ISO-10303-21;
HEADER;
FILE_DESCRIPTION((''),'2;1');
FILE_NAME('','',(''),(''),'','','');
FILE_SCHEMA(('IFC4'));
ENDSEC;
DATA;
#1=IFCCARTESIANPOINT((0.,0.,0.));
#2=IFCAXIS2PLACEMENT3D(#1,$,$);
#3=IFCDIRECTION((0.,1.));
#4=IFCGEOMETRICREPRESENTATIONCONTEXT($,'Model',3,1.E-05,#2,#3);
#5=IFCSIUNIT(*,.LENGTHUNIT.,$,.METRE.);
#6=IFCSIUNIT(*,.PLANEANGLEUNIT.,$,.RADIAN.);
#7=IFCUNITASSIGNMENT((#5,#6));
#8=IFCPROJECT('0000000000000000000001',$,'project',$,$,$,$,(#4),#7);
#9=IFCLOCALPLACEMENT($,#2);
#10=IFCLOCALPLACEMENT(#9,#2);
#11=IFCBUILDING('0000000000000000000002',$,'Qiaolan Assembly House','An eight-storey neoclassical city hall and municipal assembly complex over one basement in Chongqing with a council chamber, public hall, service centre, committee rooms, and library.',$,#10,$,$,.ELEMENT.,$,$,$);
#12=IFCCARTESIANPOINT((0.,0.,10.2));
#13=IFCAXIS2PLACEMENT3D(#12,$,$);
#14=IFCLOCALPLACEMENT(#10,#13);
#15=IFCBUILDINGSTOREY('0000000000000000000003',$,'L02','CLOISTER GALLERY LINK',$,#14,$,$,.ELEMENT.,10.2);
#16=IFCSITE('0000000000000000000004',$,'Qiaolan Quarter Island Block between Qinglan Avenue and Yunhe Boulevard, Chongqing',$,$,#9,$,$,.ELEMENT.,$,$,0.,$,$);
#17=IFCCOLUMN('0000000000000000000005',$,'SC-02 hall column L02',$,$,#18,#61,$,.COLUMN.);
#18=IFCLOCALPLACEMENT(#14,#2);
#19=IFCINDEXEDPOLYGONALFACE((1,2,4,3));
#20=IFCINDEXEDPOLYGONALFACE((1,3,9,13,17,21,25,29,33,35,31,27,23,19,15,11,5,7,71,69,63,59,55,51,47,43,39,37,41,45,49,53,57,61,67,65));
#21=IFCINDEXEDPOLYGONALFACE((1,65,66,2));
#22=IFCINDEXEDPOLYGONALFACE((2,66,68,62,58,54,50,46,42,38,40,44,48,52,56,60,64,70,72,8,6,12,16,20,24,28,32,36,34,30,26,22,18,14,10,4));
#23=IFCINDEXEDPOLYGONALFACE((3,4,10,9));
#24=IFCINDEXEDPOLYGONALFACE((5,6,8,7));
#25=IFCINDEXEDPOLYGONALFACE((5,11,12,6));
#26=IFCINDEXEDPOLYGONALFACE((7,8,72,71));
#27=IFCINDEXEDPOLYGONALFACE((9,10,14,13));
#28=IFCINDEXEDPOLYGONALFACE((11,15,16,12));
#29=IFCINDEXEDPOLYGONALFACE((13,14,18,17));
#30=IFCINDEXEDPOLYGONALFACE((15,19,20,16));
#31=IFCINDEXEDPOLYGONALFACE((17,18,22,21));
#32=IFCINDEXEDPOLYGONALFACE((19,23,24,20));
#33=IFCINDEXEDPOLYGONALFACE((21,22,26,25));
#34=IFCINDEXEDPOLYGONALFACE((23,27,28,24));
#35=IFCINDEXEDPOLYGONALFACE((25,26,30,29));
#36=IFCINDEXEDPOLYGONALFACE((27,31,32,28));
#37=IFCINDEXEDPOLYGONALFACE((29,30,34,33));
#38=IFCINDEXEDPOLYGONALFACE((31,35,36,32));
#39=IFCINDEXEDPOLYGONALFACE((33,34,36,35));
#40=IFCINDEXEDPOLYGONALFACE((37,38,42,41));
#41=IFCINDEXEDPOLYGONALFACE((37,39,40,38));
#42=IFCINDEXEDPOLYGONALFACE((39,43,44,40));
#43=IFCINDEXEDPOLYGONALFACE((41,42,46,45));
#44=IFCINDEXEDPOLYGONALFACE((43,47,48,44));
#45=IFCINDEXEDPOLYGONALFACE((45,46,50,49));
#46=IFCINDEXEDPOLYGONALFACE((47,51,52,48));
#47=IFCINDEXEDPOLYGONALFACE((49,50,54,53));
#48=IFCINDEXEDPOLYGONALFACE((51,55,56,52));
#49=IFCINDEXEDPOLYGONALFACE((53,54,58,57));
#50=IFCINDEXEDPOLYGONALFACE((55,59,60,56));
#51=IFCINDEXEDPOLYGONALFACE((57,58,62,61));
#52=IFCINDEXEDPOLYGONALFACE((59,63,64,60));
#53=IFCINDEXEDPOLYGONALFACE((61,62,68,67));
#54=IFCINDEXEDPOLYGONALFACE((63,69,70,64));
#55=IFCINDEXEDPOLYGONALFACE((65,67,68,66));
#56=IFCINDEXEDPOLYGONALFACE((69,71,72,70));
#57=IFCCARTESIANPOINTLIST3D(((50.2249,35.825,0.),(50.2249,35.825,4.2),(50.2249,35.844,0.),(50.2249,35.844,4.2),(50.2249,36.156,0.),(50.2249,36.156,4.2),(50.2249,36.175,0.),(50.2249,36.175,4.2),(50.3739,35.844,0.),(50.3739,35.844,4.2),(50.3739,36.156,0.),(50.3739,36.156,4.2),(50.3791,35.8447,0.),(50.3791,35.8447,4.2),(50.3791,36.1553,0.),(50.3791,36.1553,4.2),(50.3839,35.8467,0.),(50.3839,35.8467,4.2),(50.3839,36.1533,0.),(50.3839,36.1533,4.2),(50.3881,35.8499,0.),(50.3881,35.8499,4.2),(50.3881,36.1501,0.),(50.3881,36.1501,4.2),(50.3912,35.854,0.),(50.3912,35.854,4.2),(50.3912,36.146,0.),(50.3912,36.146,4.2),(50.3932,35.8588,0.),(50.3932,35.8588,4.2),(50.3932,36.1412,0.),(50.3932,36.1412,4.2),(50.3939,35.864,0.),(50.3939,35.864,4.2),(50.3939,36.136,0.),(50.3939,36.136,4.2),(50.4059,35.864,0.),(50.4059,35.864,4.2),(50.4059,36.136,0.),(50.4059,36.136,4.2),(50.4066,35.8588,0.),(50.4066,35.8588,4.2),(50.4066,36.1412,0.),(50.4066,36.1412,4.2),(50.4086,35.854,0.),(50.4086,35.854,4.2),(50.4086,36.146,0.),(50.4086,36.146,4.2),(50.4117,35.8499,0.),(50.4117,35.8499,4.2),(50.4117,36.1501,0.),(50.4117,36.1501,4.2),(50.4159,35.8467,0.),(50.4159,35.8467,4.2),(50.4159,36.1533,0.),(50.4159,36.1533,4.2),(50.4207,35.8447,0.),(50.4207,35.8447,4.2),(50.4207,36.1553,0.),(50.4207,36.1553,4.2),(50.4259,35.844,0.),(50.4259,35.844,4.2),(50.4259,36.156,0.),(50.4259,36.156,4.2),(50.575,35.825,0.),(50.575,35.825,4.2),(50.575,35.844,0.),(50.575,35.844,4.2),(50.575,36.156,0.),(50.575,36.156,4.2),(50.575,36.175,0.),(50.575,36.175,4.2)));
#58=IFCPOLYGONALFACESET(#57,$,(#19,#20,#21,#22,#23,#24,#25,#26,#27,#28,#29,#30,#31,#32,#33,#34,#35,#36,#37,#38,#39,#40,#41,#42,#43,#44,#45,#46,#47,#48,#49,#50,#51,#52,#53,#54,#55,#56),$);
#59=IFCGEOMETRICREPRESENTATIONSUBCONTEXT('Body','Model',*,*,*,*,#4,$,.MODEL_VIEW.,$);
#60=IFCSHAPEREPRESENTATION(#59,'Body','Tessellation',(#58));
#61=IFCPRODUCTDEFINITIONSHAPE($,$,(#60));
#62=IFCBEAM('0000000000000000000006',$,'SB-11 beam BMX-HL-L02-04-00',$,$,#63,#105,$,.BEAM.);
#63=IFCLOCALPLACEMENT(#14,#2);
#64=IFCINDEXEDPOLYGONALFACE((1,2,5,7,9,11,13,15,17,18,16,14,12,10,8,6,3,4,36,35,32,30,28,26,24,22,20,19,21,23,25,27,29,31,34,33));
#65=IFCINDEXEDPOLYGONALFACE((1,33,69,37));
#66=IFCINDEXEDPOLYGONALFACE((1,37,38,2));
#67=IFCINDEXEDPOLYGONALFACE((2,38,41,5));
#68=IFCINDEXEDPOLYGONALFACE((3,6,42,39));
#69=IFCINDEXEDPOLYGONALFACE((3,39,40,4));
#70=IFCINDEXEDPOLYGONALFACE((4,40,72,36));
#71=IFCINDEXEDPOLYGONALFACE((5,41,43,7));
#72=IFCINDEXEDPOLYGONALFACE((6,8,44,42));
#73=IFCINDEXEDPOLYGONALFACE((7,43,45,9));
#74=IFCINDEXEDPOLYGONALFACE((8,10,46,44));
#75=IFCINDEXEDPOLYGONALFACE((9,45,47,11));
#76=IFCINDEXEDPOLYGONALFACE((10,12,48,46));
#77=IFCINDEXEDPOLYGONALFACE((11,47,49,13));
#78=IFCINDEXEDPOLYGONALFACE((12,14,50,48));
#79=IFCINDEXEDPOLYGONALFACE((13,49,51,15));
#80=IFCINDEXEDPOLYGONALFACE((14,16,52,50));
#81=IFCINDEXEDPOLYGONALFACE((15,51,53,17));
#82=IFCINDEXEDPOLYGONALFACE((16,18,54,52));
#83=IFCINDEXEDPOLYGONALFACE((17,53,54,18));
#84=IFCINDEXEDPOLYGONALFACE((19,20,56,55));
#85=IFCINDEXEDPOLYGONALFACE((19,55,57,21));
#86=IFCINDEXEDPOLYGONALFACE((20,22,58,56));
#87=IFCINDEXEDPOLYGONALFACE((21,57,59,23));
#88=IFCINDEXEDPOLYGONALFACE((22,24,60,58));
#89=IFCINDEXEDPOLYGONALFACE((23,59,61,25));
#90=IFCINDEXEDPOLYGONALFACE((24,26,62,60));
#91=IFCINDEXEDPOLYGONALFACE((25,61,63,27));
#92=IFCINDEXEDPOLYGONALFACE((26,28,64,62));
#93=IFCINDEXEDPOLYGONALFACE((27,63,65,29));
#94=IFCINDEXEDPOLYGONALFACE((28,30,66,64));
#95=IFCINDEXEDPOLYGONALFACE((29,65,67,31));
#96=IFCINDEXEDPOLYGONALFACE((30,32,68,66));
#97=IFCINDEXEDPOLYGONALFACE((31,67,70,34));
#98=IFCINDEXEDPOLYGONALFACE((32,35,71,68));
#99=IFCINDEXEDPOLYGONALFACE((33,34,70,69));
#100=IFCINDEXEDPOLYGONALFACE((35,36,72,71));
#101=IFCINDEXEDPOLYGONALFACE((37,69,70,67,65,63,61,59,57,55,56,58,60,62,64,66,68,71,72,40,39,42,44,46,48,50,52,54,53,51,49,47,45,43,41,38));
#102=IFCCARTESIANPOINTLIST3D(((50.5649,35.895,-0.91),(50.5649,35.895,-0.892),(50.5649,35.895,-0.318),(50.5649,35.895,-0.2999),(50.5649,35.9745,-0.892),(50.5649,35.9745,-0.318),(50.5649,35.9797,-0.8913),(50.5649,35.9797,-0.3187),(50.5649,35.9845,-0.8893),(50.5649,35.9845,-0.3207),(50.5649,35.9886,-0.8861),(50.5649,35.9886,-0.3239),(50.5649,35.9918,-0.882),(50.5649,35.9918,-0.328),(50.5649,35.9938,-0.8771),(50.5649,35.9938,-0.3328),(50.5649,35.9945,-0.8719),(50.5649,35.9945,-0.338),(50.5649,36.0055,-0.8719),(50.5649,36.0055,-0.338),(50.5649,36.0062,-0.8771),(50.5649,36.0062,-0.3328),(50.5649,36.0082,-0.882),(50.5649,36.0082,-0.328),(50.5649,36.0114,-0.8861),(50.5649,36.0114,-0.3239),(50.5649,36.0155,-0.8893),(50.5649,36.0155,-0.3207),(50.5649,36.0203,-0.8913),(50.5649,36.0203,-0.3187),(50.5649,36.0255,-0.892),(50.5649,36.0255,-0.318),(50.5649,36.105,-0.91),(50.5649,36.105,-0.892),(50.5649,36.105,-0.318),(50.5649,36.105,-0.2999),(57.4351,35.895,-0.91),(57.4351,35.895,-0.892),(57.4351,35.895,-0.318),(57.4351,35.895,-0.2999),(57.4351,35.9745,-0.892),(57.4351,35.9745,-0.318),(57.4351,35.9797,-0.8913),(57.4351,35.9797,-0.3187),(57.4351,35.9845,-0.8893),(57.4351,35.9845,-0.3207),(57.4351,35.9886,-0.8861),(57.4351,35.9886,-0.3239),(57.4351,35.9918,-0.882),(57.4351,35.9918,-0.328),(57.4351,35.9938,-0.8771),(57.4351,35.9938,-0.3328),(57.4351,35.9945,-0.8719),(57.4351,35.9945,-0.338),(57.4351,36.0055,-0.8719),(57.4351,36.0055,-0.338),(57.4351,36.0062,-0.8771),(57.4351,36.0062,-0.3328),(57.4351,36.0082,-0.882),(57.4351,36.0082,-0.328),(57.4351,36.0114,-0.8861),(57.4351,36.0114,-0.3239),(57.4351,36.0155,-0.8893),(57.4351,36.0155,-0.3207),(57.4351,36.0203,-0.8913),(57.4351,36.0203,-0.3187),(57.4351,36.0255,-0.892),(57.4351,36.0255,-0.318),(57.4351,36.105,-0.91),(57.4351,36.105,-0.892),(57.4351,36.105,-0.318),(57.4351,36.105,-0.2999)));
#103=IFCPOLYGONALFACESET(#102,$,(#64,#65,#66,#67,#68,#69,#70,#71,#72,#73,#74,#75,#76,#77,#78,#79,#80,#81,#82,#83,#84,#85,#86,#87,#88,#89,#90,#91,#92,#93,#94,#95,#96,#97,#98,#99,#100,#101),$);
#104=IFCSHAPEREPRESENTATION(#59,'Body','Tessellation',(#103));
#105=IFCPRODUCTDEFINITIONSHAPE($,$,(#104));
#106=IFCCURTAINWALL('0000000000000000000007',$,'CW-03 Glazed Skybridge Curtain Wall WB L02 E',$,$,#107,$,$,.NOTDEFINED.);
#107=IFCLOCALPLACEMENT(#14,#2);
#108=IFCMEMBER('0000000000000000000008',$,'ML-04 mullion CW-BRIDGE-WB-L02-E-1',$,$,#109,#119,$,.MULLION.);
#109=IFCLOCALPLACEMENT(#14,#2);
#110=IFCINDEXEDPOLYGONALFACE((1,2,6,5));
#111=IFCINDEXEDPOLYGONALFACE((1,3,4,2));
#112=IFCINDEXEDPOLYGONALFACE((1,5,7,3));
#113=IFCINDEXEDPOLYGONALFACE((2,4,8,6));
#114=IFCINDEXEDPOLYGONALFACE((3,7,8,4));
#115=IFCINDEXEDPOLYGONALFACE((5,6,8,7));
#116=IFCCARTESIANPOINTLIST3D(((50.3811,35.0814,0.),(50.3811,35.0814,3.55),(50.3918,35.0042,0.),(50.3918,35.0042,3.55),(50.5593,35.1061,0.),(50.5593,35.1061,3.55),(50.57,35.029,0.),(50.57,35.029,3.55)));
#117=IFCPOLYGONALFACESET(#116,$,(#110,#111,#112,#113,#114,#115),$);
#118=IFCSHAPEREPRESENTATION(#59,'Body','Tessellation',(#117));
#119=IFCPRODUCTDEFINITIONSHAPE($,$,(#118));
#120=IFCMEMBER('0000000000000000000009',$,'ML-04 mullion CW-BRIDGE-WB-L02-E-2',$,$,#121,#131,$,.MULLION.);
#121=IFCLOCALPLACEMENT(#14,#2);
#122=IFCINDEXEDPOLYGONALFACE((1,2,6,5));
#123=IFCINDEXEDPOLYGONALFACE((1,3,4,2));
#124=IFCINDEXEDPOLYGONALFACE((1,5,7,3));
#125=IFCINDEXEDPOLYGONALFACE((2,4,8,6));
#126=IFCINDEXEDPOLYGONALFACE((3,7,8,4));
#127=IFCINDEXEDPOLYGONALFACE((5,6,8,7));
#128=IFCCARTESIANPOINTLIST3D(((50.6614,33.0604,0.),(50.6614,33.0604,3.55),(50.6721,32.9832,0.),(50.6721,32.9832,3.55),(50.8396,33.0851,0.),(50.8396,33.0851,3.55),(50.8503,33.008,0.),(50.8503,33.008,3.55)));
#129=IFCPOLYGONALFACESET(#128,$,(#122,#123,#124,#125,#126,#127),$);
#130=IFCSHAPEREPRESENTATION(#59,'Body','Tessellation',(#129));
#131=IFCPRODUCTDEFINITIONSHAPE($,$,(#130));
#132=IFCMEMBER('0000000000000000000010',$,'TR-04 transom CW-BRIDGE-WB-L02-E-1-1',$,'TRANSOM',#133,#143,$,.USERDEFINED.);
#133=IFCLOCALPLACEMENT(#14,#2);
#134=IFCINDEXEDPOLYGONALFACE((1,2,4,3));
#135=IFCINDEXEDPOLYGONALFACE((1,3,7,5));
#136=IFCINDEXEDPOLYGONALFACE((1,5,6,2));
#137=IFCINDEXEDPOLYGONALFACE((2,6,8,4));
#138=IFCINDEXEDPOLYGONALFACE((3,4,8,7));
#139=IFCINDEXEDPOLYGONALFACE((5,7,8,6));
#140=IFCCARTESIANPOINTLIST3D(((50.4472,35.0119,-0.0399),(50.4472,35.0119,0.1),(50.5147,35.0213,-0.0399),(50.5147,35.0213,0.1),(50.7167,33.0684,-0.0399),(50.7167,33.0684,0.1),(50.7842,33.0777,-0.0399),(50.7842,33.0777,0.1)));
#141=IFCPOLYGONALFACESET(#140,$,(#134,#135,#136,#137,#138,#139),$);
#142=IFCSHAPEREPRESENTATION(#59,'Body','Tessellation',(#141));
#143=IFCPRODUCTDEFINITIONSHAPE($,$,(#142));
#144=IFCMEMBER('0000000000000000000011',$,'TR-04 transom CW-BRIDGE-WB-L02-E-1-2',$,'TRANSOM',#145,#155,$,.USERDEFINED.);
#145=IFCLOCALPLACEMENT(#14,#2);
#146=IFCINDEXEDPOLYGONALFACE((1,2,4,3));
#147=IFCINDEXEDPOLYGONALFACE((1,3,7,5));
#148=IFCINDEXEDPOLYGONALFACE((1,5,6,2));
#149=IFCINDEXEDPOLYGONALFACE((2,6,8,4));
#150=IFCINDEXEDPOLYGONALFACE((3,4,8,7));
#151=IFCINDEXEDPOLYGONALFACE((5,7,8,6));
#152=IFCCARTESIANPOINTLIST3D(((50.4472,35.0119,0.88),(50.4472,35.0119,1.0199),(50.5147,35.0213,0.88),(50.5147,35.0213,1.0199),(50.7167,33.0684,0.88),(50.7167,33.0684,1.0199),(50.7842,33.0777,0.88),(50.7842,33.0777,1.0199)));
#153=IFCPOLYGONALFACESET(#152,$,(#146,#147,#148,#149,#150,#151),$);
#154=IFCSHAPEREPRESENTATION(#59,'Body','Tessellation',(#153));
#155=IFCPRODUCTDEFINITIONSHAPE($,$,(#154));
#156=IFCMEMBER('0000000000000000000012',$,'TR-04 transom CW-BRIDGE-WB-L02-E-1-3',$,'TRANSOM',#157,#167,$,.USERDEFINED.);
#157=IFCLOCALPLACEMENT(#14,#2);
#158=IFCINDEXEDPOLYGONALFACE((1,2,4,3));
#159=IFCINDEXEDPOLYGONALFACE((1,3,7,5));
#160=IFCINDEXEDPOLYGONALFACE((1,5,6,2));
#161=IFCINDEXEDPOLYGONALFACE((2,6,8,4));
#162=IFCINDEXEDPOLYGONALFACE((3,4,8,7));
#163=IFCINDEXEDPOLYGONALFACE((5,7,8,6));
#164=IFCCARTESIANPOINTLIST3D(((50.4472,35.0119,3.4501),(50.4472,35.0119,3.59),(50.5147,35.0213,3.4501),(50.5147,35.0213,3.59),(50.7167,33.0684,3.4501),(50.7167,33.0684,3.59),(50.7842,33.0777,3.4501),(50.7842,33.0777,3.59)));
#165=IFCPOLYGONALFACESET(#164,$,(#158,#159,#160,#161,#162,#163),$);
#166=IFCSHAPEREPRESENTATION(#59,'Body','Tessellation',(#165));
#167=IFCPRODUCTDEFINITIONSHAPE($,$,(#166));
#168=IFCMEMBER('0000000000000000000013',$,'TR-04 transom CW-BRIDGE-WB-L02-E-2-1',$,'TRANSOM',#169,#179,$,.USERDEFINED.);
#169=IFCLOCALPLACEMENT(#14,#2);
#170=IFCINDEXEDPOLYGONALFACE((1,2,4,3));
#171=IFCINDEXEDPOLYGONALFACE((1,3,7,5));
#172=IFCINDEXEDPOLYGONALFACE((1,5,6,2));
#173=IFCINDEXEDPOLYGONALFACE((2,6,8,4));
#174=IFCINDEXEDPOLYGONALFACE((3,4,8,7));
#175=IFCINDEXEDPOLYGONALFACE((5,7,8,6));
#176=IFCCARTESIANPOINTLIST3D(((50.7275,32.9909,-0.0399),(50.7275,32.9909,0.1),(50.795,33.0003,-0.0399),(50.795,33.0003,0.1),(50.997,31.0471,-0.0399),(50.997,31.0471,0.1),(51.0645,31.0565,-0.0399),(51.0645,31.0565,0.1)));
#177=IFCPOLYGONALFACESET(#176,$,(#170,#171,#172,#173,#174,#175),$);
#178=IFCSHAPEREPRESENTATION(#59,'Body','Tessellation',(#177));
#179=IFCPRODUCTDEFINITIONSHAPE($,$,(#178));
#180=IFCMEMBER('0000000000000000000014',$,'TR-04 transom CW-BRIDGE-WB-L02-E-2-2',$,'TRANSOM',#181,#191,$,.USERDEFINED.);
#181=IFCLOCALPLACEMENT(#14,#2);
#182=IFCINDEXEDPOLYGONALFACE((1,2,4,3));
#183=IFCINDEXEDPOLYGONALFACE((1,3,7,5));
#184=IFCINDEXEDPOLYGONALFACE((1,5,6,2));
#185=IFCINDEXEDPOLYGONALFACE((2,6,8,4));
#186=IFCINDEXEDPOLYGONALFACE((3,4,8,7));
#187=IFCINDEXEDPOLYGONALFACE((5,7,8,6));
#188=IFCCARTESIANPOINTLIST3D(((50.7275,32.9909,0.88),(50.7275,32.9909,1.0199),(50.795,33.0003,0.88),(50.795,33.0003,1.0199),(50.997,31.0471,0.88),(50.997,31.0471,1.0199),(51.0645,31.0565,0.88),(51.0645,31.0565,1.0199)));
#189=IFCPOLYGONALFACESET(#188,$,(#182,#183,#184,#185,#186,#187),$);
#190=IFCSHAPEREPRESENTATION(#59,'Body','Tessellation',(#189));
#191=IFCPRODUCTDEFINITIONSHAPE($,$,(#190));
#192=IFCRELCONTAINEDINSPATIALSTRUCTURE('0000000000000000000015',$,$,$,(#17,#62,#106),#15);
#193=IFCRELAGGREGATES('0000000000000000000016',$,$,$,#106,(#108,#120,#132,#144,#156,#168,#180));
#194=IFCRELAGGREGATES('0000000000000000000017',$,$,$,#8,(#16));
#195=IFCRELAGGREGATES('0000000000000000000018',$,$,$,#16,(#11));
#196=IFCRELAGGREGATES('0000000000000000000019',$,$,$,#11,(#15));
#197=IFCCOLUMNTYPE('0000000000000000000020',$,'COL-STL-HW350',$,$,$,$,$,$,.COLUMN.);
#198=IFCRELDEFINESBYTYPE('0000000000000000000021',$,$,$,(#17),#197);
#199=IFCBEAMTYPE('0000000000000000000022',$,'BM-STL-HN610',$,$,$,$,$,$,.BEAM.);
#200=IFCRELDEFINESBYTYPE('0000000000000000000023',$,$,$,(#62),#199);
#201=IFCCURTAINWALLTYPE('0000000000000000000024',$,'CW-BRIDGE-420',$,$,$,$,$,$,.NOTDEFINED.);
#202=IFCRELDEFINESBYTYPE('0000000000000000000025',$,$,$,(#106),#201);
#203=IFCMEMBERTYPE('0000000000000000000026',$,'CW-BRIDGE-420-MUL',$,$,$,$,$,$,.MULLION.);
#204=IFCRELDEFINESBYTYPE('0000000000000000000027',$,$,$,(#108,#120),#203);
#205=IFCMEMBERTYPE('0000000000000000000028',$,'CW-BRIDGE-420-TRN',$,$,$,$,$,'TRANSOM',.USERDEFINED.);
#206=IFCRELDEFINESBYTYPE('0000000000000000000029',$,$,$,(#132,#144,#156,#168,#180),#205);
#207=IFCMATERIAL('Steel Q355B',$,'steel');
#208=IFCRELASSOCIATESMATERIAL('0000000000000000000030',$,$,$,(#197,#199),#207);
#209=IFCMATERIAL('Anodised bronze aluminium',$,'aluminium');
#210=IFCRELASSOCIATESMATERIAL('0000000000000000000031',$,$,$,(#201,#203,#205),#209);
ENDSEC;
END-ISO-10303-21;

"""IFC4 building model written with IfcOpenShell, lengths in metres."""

from ifc_helpers import new_model, si_unit, direction, frame, origin, origin_2d, place, context, subcontext, project, spatial, rectangle, i_section, extrude, material, material_profile, profile_set, type_object, element, aggregate, save


model = new_model("IFC4")

# Units and contexts
model_context = context("Model", 3, precision=1e-05, world=origin(), true_north=direction((0.0, 1.0)))
body_context = subcontext(model_context, "Body", "Model", "MODEL_VIEW")
ifc_project = project(units=[si_unit("LENGTHUNIT", "METRE"), si_unit("PLANEANGLEUNIT", "RADIAN")], contexts=[model_context])

# Site, building, storey
site_placement = place(None, origin())
site = spatial("IfcSite", under=ifc_project, at=site_placement, Name="Qiaolan Quarter Island Block between Qinglan Avenue and Yunhe Boulevard, Chongqing", CompositionType="ELEMENT", RefElevation=0.0)
building_placement = place(site_placement, origin())
building = spatial("IfcBuilding", under=site, at=building_placement, Name="Qiaolan Assembly House", Description="An eight-storey neoclassical city hall and municipal assembly complex over one basement in Chongqing with a council chamber, public hall, service centre, committee rooms, and library.", CompositionType="ELEMENT")
storey_placement = place(building_placement, frame((0.0, 0.0, 10.2)))
storey = spatial("IfcBuildingStorey", under=building, at=storey_placement, Name="L02", Description="CLOISTER GALLERY LINK", CompositionType="ELEMENT", Elevation=10.2)

# Column
ifc_material_1 = material(Name="Steel Q355B", Category="steel")
ifc_material_profile_1 = material_profile(ifc_material_1, i_section(OverallWidth=0.3501, OverallDepth=0.3501, WebThickness=0.012, FlangeThickness=0.019, FilletRadius=0.02, at=origin_2d()), Name="HW 350x350x12x19")
ifc_profile_set_1 = profile_set([ifc_material_profile_1], Name="Steel Q355B")
column_type = type_object("IfcColumnType", Name="COL-STL-HW350", PredefinedType="COLUMN", material=ifc_profile_set_1)
column_placement = place(storey_placement, frame((50.3999, 36.0, 0.0), z_axis=(0.0, 0.0, 1.0), x_axis=(1.0, 0.0, 0.0)))
element("IfcColumn", 1, at=column_placement, inside=storey, type_object=column_type, Name="SC-02 hall column L02", PredefinedType="COLUMN", context=body_context, shape_type="SweptSolid", body=[
    extrude(i_section(OverallWidth=0.3501, OverallDepth=0.3501, WebThickness=0.012, FlangeThickness=0.019, FilletRadius=0.02, at=origin_2d()), origin(), (0.0, 0.0, 1.0), 4.2),
])

# Beam
ifc_material_profile_2 = material_profile(ifc_material_1, i_section(OverallWidth=0.21, OverallDepth=0.6101, WebThickness=0.011, FlangeThickness=0.0181, FilletRadius=0.02, at=origin_2d()), Name="HN 610x210x11x18")
ifc_profile_set_2 = profile_set([ifc_material_profile_2], Name="Steel Q355B")
beam_type = type_object("IfcBeamType", Name="BM-STL-HN610", PredefinedType="BEAM", material=ifc_profile_set_2)
beam_placement = place(storey_placement, frame((50.5649, 36.0, -0.605), z_axis=(1.0, 0.0, 0.0), x_axis=(0.0, 1.0, 0.0)))
element("IfcBeam", 2, at=beam_placement, inside=storey, type_object=beam_type, Name="SB-11 beam BMX-HL-L02-04-00", PredefinedType="BEAM", context=body_context, shape_type="SweptSolid", body=[
    extrude(i_section(OverallWidth=0.21, OverallDepth=0.6101, WebThickness=0.011, FlangeThickness=0.0181, FilletRadius=0.02, at=origin_2d()), origin(), (0.0, 0.0, 1.0), 6.8701),
])

# Curtain wall, members
ifc_material_2 = material(Name="Anodised bronze aluminium", Category="aluminium")
curtain_wall_type_1 = type_object("IfcCurtainWallType", Name="CW-BRIDGE-420", PredefinedType="NOTDEFINED", material=ifc_material_2)
curtain_wall_1_placement = place(storey_placement, origin())
curtain_wall_1 = element("IfcCurtainWall", 3, at=curtain_wall_1_placement, inside=storey, type_object=curtain_wall_type_1, Name="CW-03 Glazed Skybridge Curtain Wall WB L02 E", PredefinedType="NOTDEFINED")
ifc_material_profile_3 = material_profile(ifc_material_2, rectangle(XDim=0.0779, YDim=0.1799, at=origin_2d()), Name="MUL 78x180")
ifc_profile_set_3 = profile_set([ifc_material_profile_3], Name="Anodised bronze aluminium")
member_type_1 = type_object("IfcMemberType", Name="CW-BRIDGE-420-MUL", PredefinedType="MULLION", material=ifc_profile_set_3)
member_1_placement = place(storey_placement, frame((50.4756, 35.0552, 0.0), z_axis=(0.0, 0.0, 1.0), x_axis=(0.137388, -0.990517, 0.0)))
member_1 = element("IfcMember", 4, at=member_1_placement, type_object=member_type_1, Name="ML-04 mullion CW-BRIDGE-WB-L02-E-1", PredefinedType="MULLION", context=body_context, shape_type="SweptSolid", body=[
    extrude(rectangle(XDim=0.0779, YDim=0.1799, at=origin_2d()), origin(), (0.0, 0.0, 1.0), 3.55),
])
member_2_placement = place(storey_placement, frame((50.7559, 33.0342, 0.0), z_axis=(0.0, 0.0, 1.0), x_axis=(0.137388, -0.990517, 0.0)))
member_2 = element("IfcMember", 5, at=member_2_placement, type_object=member_type_1, Name="ML-04 mullion CW-BRIDGE-WB-L02-E-2", PredefinedType="MULLION", context=body_context, shape_type="SweptSolid", body=[
    extrude(rectangle(XDim=0.0779, YDim=0.1799, at=origin_2d()), origin(), (0.0, 0.0, 1.0), 3.55),
])
ifc_material_profile_4 = material_profile(ifc_material_2, rectangle(XDim=0.0681, YDim=0.1399, at=origin_2d()), Name="TRN 68x140")
ifc_profile_set_4 = profile_set([ifc_material_profile_4], Name="Anodised bronze aluminium")
member_type_2 = type_object("IfcMemberType", Name="CW-BRIDGE-420-TRN", ElementType="TRANSOM", PredefinedType="USERDEFINED", material=ifc_profile_set_4)
member_3_placement = place(storey_placement, frame((50.481, 35.0166, 0.03), z_axis=(0.137362, -0.990521, 0.0), x_axis=(0.990521, 0.137362, 0.0)))
member_3 = element("IfcMember", 6, at=member_3_placement, type_object=member_type_2, Name="TR-04 transom CW-BRIDGE-WB-L02-E-1-1", ObjectType="TRANSOM", PredefinedType="USERDEFINED", context=body_context, shape_type="SweptSolid", body=[
    extrude(rectangle(XDim=0.0681, YDim=0.1399, at=origin_2d()), origin(), (0.0, 0.0, 1.0), 1.9622),
])
member_4_placement = place(storey_placement, frame((50.481, 35.0166, 0.95), z_axis=(0.137362, -0.990521, 0.0), x_axis=(0.990521, 0.137362, 0.0)))
member_4 = element("IfcMember", 7, at=member_4_placement, type_object=member_type_2, Name="TR-04 transom CW-BRIDGE-WB-L02-E-1-2", ObjectType="TRANSOM", PredefinedType="USERDEFINED", context=body_context, shape_type="SweptSolid", body=[
    extrude(rectangle(XDim=0.0681, YDim=0.1399, at=origin_2d()), origin(), (0.0, 0.0, 1.0), 1.9622),
])
member_5_placement = place(storey_placement, frame((50.481, 35.0166, 3.52), z_axis=(0.137362, -0.990521, 0.0), x_axis=(0.990521, 0.137362, 0.0)))
member_5 = element("IfcMember", 8, at=member_5_placement, type_object=member_type_2, Name="TR-04 transom CW-BRIDGE-WB-L02-E-1-3", ObjectType="TRANSOM", PredefinedType="USERDEFINED", context=body_context, shape_type="SweptSolid", body=[
    extrude(rectangle(XDim=0.0681, YDim=0.1399, at=origin_2d()), origin(), (0.0, 0.0, 1.0), 1.9622),
])
member_6_placement = place(storey_placement, frame((50.7612, 32.9956, 0.03), z_axis=(0.137345, -0.990523, 0.0), x_axis=(0.990523, 0.137345, 0.0)))
member_6 = element("IfcMember", 9, at=member_6_placement, type_object=member_type_2, Name="TR-04 transom CW-BRIDGE-WB-L02-E-2-1", ObjectType="TRANSOM", PredefinedType="USERDEFINED", context=body_context, shape_type="SweptSolid", body=[
    extrude(rectangle(XDim=0.0681, YDim=0.1399, at=origin_2d()), origin(), (0.0, 0.0, 1.0), 1.9624),
])
member_7_placement = place(storey_placement, frame((50.7612, 32.9956, 0.95), z_axis=(0.137345, -0.990523, 0.0), x_axis=(0.990523, 0.137345, 0.0)))
member_7 = element("IfcMember", 10, at=member_7_placement, type_object=member_type_2, Name="TR-04 transom CW-BRIDGE-WB-L02-E-2-2", ObjectType="TRANSOM", PredefinedType="USERDEFINED", context=body_context, shape_type="SweptSolid", body=[
    extrude(rectangle(XDim=0.0681, YDim=0.1399, at=origin_2d()), origin(), (0.0, 0.0, 1.0), 1.9624),
])

aggregate(curtain_wall_1, [member_1, member_2, member_3, member_4, member_5, member_6, member_7])

save(model, "model.ifc")
